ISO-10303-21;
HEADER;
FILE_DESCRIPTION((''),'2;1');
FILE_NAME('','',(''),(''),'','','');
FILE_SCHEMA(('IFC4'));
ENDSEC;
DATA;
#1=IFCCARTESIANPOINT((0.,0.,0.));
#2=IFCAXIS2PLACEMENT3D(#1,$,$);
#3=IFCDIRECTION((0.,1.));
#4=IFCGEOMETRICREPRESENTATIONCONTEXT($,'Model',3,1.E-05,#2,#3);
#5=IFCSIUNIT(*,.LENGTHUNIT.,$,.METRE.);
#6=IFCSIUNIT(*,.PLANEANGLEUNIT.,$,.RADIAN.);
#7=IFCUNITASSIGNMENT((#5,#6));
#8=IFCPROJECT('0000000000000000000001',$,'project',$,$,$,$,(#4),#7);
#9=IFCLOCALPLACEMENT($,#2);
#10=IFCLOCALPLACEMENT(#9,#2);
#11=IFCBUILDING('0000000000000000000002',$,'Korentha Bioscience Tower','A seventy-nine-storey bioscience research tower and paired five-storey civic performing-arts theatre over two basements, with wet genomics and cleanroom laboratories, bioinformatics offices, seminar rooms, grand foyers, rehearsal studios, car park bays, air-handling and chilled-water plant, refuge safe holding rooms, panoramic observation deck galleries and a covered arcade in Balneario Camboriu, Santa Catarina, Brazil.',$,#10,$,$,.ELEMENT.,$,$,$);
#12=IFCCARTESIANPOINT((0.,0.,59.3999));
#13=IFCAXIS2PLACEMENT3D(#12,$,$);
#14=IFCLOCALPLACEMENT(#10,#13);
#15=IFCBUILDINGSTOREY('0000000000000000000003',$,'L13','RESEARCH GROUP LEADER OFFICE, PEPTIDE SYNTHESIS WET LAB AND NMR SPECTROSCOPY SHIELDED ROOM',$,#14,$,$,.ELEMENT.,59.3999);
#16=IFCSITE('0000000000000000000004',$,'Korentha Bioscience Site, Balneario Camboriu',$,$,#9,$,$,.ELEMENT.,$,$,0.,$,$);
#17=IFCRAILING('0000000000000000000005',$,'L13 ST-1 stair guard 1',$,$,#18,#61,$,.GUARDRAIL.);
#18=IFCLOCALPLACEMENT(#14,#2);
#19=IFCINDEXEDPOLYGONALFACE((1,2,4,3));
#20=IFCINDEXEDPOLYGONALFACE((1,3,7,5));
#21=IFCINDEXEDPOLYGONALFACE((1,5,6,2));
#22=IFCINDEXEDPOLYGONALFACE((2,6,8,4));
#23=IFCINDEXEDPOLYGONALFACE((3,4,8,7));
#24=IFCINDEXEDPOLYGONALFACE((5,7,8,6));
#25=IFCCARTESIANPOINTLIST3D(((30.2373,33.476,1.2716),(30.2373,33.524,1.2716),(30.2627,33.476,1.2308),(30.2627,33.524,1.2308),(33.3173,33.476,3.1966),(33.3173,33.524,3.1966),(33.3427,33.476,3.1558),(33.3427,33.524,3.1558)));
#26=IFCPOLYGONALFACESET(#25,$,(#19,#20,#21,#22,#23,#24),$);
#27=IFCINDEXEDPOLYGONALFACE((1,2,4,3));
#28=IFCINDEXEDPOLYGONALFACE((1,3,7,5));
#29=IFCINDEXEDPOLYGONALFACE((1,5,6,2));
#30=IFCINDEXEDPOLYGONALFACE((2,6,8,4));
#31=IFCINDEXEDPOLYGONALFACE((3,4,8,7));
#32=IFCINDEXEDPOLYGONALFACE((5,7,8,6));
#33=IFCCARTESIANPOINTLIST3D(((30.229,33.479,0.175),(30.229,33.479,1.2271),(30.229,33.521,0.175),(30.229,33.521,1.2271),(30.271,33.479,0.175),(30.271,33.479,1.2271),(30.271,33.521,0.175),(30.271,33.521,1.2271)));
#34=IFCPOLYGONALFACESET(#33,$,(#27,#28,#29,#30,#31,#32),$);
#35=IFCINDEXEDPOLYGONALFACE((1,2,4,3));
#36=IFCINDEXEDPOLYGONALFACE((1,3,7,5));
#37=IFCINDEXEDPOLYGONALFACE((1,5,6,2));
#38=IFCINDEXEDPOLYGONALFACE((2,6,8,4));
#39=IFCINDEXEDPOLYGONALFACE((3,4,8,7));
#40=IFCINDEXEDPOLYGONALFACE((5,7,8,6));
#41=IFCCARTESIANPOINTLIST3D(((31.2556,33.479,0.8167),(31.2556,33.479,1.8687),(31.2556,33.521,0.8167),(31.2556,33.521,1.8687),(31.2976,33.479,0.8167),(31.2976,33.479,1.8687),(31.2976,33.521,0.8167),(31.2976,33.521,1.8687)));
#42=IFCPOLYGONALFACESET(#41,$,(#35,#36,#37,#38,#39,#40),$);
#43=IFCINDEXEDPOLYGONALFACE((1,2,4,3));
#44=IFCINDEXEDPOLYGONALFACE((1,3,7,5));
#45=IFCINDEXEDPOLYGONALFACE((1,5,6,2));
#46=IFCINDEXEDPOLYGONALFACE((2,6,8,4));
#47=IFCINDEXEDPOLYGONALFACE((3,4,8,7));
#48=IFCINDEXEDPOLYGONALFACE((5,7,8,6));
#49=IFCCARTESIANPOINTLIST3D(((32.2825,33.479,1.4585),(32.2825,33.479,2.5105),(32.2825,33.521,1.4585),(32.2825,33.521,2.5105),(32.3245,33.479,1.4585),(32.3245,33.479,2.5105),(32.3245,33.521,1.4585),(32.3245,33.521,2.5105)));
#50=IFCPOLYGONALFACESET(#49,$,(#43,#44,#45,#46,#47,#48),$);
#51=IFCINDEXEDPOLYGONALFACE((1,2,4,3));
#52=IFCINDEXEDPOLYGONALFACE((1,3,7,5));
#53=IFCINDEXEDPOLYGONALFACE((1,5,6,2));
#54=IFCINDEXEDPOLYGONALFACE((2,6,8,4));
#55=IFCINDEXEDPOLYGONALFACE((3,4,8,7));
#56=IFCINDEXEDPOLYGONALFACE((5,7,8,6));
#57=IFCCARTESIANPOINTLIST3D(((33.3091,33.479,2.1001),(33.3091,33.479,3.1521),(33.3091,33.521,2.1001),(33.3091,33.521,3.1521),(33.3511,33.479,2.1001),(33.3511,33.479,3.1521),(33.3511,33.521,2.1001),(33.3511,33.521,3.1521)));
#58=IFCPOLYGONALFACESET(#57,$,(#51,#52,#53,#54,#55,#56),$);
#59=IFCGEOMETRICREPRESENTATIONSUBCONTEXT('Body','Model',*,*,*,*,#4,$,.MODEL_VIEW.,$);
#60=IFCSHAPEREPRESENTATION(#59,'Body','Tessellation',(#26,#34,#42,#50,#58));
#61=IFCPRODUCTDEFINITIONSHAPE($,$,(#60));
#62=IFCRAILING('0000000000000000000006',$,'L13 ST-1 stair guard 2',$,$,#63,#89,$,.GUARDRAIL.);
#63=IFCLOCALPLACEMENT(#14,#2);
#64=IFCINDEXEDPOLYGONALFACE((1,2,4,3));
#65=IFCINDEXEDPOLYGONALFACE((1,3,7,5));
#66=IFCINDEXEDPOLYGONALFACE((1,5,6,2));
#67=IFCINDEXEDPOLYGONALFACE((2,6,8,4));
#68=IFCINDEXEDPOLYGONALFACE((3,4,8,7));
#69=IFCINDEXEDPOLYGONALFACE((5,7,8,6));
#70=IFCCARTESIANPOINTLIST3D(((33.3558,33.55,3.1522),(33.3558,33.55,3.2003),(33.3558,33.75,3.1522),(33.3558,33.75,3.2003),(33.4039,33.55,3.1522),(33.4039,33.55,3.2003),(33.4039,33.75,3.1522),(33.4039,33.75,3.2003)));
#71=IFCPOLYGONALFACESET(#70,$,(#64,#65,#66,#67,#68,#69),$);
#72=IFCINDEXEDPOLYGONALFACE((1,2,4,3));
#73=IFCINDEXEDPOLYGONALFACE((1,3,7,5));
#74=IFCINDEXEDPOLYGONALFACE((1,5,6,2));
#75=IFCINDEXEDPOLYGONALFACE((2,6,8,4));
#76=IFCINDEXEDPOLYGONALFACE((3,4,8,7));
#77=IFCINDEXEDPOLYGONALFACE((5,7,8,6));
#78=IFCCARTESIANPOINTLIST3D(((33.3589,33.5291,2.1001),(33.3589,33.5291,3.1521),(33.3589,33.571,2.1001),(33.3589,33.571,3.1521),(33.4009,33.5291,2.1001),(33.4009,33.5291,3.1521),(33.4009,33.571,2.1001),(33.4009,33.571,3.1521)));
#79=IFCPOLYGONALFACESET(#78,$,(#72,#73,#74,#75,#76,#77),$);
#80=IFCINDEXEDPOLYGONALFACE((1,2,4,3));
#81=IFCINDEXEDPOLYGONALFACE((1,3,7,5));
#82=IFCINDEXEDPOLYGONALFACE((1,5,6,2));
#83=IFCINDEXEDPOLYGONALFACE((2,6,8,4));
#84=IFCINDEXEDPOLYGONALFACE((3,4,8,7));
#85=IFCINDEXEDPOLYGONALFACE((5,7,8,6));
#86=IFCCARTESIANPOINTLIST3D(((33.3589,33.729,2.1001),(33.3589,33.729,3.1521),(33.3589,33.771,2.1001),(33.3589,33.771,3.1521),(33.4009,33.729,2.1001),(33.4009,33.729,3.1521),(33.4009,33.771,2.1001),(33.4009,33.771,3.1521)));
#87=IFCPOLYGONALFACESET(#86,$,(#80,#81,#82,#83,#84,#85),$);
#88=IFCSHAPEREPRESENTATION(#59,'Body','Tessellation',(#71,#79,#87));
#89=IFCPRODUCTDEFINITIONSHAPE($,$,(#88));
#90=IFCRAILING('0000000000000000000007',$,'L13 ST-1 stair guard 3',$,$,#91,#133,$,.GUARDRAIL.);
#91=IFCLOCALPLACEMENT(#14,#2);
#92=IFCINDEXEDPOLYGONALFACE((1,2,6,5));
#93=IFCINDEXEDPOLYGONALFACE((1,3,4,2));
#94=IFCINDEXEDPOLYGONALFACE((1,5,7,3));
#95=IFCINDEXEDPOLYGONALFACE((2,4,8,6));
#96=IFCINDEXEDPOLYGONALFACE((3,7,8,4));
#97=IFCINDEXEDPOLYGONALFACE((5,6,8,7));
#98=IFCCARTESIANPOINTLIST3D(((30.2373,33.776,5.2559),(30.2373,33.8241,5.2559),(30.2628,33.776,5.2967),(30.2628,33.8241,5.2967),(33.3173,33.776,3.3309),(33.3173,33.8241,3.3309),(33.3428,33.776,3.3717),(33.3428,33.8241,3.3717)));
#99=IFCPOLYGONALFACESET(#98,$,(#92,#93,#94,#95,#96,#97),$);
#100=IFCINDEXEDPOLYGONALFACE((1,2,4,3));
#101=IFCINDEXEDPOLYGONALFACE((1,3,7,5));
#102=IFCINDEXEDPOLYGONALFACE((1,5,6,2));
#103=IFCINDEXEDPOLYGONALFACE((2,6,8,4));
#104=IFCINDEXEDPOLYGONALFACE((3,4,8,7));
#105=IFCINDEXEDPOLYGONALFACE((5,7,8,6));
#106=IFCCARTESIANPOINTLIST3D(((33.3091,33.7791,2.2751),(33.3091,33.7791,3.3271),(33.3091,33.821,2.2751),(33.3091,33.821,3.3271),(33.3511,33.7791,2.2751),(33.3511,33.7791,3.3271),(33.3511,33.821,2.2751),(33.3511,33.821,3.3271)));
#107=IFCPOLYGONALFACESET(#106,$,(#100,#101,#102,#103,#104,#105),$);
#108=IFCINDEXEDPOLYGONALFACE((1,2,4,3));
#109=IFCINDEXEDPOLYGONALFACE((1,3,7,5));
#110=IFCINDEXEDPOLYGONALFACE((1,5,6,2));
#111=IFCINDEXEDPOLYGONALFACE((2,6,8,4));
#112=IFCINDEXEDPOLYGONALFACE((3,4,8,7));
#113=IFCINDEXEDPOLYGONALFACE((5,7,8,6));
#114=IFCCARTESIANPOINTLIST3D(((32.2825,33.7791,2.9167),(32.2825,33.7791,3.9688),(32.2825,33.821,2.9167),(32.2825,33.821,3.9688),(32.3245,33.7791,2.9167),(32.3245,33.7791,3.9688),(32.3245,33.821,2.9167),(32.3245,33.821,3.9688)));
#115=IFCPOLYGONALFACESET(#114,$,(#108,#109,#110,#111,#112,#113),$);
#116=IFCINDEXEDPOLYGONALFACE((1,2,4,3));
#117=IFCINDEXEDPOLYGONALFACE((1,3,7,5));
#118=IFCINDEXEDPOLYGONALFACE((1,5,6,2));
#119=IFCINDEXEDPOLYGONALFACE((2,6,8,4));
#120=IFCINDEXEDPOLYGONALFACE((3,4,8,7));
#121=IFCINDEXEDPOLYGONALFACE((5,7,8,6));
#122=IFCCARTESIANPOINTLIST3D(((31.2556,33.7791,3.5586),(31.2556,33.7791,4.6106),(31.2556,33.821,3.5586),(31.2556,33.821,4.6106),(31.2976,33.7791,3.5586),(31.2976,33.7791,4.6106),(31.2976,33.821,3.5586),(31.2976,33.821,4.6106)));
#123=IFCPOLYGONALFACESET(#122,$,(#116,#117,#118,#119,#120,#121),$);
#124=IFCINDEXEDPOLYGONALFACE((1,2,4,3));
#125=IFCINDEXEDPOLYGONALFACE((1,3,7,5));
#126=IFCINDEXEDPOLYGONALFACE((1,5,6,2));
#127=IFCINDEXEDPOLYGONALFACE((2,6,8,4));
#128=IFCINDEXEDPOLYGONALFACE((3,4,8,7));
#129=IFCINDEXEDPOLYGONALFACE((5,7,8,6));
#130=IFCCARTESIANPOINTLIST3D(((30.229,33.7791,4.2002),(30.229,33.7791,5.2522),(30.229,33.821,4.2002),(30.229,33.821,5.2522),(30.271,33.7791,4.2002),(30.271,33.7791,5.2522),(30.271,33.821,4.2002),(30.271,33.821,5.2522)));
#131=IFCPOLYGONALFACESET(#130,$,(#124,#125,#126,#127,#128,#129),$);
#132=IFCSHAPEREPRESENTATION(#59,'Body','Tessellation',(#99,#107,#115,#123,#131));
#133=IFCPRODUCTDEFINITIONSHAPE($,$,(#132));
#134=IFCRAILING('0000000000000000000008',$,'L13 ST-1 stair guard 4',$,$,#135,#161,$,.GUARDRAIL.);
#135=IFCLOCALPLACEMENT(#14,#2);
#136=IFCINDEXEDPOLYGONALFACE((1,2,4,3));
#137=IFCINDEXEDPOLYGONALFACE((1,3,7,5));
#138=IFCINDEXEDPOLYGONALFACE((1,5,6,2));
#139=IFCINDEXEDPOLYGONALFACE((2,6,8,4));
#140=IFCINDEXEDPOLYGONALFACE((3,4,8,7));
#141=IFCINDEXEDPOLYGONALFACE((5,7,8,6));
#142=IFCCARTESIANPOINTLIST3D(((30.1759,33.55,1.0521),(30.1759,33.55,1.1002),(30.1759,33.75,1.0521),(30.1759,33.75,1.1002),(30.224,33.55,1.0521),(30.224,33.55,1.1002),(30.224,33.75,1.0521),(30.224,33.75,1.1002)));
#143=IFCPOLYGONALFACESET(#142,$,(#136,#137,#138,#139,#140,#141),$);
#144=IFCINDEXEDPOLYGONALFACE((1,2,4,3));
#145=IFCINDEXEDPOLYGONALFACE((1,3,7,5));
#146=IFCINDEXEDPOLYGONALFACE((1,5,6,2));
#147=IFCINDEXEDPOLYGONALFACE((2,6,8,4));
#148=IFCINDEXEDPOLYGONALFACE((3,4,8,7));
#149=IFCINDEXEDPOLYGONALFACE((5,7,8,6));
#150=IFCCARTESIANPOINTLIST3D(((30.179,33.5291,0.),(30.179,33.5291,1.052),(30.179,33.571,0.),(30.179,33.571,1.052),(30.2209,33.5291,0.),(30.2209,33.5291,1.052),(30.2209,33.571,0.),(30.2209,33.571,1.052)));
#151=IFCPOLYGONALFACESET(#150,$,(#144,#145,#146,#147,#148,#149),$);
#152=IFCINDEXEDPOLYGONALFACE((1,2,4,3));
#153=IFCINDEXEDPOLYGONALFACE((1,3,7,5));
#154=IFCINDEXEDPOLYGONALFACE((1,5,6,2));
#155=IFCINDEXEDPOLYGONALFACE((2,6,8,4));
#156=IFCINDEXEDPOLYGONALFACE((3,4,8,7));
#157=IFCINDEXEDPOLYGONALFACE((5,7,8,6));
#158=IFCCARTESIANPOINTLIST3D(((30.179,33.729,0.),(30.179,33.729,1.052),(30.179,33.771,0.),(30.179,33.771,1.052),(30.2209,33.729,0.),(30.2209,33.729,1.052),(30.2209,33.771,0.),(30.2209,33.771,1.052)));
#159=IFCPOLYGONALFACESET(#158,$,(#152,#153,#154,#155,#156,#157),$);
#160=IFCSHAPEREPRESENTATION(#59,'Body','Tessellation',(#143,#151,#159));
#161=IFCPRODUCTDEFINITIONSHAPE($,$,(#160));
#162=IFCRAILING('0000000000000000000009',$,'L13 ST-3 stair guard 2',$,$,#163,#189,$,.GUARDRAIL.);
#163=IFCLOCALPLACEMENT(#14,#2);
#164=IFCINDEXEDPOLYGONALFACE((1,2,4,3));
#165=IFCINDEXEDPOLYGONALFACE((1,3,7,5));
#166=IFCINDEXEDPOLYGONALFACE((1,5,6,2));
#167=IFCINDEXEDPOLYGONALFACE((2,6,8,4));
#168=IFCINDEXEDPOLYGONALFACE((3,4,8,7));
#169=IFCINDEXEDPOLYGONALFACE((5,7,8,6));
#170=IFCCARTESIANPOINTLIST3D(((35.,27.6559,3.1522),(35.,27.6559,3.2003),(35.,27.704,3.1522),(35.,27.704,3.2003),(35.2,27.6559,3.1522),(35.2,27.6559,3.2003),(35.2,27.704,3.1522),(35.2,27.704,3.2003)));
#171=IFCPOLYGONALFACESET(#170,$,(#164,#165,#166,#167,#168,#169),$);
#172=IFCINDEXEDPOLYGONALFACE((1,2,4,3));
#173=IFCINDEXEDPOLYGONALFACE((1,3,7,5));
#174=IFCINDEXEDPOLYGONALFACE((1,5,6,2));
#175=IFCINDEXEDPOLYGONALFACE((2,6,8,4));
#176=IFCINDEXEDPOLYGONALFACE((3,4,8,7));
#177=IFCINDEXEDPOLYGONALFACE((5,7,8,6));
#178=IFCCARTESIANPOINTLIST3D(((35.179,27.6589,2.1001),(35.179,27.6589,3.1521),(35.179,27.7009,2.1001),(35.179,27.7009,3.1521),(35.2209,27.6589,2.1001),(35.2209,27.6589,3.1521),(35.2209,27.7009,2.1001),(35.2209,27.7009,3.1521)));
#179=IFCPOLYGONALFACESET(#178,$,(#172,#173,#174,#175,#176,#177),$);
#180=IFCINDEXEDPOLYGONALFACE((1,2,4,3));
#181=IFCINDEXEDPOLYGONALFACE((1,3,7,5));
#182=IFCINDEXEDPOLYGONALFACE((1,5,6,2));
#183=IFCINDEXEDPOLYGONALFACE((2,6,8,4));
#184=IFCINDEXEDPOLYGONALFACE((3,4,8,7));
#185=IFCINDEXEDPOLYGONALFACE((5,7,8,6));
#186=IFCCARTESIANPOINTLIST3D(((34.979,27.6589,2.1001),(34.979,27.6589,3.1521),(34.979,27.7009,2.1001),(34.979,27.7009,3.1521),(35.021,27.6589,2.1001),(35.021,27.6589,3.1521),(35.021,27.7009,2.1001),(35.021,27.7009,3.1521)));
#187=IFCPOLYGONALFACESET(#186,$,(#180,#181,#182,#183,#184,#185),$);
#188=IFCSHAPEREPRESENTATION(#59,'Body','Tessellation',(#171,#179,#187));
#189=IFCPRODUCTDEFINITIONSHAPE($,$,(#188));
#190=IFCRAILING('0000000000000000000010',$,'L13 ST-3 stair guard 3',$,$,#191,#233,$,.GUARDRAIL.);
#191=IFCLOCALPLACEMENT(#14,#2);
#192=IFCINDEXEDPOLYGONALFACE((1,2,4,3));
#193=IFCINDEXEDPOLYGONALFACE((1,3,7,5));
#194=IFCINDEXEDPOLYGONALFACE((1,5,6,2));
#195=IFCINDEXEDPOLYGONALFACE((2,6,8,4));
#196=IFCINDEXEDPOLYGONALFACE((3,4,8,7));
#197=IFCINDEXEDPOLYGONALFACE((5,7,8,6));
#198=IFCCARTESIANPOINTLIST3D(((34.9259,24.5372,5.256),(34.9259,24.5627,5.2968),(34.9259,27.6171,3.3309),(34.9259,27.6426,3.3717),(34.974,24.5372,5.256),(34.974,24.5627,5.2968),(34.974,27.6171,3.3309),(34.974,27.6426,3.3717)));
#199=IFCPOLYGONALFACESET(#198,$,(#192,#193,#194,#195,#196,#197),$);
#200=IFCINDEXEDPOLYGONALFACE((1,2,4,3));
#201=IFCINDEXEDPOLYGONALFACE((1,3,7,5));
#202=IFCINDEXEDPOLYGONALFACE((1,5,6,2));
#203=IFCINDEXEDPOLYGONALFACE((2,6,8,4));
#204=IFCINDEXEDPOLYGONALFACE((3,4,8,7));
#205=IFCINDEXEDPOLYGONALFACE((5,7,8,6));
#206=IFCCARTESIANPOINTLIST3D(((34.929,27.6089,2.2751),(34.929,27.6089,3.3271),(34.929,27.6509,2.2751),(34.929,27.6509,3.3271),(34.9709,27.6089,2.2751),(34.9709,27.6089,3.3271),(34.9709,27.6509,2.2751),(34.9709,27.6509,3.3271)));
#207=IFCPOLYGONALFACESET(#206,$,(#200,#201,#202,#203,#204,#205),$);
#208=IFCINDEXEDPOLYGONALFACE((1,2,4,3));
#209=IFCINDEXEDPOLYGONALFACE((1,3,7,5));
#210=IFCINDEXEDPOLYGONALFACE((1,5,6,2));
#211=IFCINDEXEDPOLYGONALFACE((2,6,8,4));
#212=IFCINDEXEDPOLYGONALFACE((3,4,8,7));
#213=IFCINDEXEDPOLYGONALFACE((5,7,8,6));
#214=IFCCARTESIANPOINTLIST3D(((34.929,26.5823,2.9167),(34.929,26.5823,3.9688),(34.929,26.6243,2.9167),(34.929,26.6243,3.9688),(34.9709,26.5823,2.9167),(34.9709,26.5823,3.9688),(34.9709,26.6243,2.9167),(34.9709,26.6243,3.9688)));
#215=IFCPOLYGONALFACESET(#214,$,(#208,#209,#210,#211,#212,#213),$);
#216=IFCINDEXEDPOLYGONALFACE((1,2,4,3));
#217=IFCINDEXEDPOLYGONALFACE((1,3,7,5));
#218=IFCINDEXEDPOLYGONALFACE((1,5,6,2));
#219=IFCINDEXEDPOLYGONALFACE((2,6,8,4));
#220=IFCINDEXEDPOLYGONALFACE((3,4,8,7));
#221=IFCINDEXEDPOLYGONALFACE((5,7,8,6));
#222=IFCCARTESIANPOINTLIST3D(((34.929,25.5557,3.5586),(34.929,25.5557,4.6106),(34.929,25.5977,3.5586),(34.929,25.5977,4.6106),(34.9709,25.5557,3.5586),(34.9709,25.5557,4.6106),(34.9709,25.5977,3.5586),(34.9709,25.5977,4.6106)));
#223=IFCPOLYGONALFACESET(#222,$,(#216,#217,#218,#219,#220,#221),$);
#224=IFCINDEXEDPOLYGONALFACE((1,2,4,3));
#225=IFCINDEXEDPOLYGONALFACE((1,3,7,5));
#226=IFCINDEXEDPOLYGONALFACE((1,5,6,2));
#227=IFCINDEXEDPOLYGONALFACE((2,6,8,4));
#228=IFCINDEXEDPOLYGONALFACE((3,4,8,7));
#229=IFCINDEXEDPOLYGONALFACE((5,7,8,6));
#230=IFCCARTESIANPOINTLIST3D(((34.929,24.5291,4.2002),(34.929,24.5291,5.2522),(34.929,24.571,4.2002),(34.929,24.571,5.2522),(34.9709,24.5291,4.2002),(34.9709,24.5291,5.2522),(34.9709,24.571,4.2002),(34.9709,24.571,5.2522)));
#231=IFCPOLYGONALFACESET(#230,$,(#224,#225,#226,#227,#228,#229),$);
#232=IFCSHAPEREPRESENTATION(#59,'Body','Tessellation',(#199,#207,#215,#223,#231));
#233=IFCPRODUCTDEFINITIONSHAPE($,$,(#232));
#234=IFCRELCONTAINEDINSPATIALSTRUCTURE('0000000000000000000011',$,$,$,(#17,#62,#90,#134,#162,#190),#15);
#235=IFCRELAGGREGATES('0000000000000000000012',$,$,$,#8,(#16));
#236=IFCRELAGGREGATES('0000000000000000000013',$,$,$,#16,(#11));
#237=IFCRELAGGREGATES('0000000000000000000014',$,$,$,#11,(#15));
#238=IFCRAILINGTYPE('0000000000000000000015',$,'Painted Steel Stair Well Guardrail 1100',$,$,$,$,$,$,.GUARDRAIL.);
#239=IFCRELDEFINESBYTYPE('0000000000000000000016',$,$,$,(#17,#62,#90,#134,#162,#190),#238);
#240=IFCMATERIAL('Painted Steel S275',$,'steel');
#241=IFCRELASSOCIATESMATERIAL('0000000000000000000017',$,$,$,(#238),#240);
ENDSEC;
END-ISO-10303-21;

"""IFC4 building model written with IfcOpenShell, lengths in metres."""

from ifc_helpers import new_model, si_unit, direction, frame, origin, origin_2d, place, context, subcontext, project, spatial, rectangle, extrude, material, type_object, element, save


model = new_model("IFC4")

# Units and contexts
model_context = context("Model", 3, precision=1e-05, world=origin(), true_north=direction((0.0, 1.0)))
body_context = subcontext(model_context, "Body", "Model", "MODEL_VIEW")
ifc_project = project(units=[si_unit("LENGTHUNIT", "METRE"), si_unit("PLANEANGLEUNIT", "RADIAN")], contexts=[model_context])

# Site, building, storey
site_placement = place(None, origin())
site = spatial("IfcSite", under=ifc_project, at=site_placement, Name="Korentha Bioscience Site, Balneario Camboriu", CompositionType="ELEMENT", RefElevation=0.0)
building_placement = place(site_placement, origin())
building = spatial("IfcBuilding", under=site, at=building_placement, Name="Korentha Bioscience Tower", Description="A seventy-nine-storey bioscience research tower and paired five-storey civic performing-arts theatre over two basements, with wet genomics and cleanroom laboratories, bioinformatics offices, seminar rooms, grand foyers, rehearsal studios, car park bays, air-handling and chilled-water plant, refuge safe holding rooms, panoramic observation deck galleries and a covered arcade in Balneario Camboriu, Santa Catarina, Brazil.", CompositionType="ELEMENT")
storey_placement = place(building_placement, frame((0.0, 0.0, 59.3999)))
storey = spatial("IfcBuildingStorey", under=building, at=storey_placement, Name="L13", Description="RESEARCH GROUP LEADER OFFICE, PEPTIDE SYNTHESIS WET LAB AND NMR SPECTROSCOPY SHIELDED ROOM", CompositionType="ELEMENT", Elevation=59.3999)

# Railings
ifc_material_1 = material(Name="Painted Steel S275", Category="steel")
railing_type_1 = type_object("IfcRailingType", Name="Painted Steel Stair Well Guardrail 1100", PredefinedType="GUARDRAIL", material=ifc_material_1)
railing_1_placement = place(storey_placement, frame((30.25, 33.5, 0.175)))
element("IfcRailing", 1, at=railing_1_placement, inside=storey, type_object=railing_type_1, Name="L13 ST-1 stair guard 1", PredefinedType="GUARDRAIL", context=body_context, shape_type="SweptSolid", body=[
    extrude(rectangle(XDim=0.0481, YDim=0.0481, at=origin_2d()), frame((0.0, 0.0, 1.0762), z_axis=(0.847998, 0.0, 0.529999), x_axis=(0.0, 1.0, 0.0)), (0.0, 0.0, 1.0), 3.6321),
    extrude(rectangle(XDim=0.042, YDim=0.042, at=origin_2d()), origin(), (0.0, 0.0, 1.0), 1.052),
    extrude(rectangle(XDim=0.042, YDim=0.042, at=origin_2d()), frame((1.0266, 0.0, 0.6416)), (0.0, 0.0, 1.0), 1.052),
    extrude(rectangle(XDim=0.042, YDim=0.042, at=origin_2d()), frame((2.0535, 0.0, 1.2834)), (0.0, 0.0, 1.0), 1.052),
    extrude(rectangle(XDim=0.042, YDim=0.042, at=origin_2d()), frame((3.0801, 0.0, 1.925)), (0.0, 0.0, 1.0), 1.052),
])
railing_2_placement = place(storey_placement, frame((33.3799, 33.55, 2.1001)))
element("IfcRailing", 2, at=railing_2_placement, inside=storey, type_object=railing_type_1, Name="L13 ST-1 stair guard 2", PredefinedType="GUARDRAIL", context=body_context, shape_type="SweptSolid", body=[
    extrude(rectangle(XDim=0.0481, YDim=0.0481, at=origin_2d()), frame((0.0, 0.0, 1.0762), z_axis=(0.0, 1.0, 0.0), x_axis=(-1.0, 0.0, 0.0)), (0.0, 0.0, 1.0), 0.2),
    extrude(rectangle(XDim=0.042, YDim=0.042, at=origin_2d()), origin(), (0.0, 0.0, 1.0), 1.052),
    extrude(rectangle(XDim=0.042, YDim=0.042, at=origin_2d()), frame((0.0, 0.2, 0.0)), (0.0, 0.0, 1.0), 1.052),
])
railing_3_placement = place(storey_placement, frame((33.3301, 33.8, 2.2751)))
element("IfcRailing", 3, at=railing_3_placement, inside=storey, type_object=railing_type_1, Name="L13 ST-1 stair guard 3", PredefinedType="GUARDRAIL", context=body_context, shape_type="SweptSolid", body=[
    extrude(rectangle(XDim=0.0481, YDim=0.0481, at=origin_2d()), frame((0.0, 0.0, 1.0762), z_axis=(-0.847998, 0.0, 0.529999), x_axis=(0.0, -1.0, 0.0)), (0.0, 0.0, 1.0), 3.6321),
    extrude(rectangle(XDim=0.042, YDim=0.042, at=origin_2d()), origin(), (0.0, 0.0, 1.0), 1.052),
    extrude(rectangle(XDim=0.042, YDim=0.042, at=origin_2d()), frame((-1.0266, 0.0, 0.6416)), (0.0, 0.0, 1.0), 1.052),
    extrude(rectangle(XDim=0.042, YDim=0.042, at=origin_2d()), frame((-2.0535, 0.0, 1.2834)), (0.0, 0.0, 1.0), 1.052),
    extrude(rectangle(XDim=0.042, YDim=0.042, at=origin_2d()), frame((-3.0801, 0.0, 1.925)), (0.0, 0.0, 1.0), 1.052),
])
railing_4_placement = place(storey_placement, frame((30.2, 33.55, 0.0)))
element("IfcRailing", 4, at=railing_4_placement, inside=storey, type_object=railing_type_1, Name="L13 ST-1 stair guard 4", PredefinedType="GUARDRAIL", context=body_context, shape_type="SweptSolid", body=[
    extrude(rectangle(XDim=0.0481, YDim=0.0481, at=origin_2d()), frame((0.0, 0.0, 1.0762), z_axis=(0.0, 1.0, 0.0), x_axis=(-1.0, 0.0, 0.0)), (0.0, 0.0, 1.0), 0.2),
    extrude(rectangle(XDim=0.042, YDim=0.042, at=origin_2d()), origin(), (0.0, 0.0, 1.0), 1.052),
    extrude(rectangle(XDim=0.042, YDim=0.042, at=origin_2d()), frame((0.0, 0.2, 0.0)), (0.0, 0.0, 1.0), 1.052),
])
railing_5_placement = place(storey_placement, frame((35.2, 27.6799, 2.1001)))
element("IfcRailing", 5, at=railing_5_placement, inside=storey, type_object=railing_type_1, Name="L13 ST-3 stair guard 2", PredefinedType="GUARDRAIL", context=body_context, shape_type="SweptSolid", body=[
    extrude(rectangle(XDim=0.0481, YDim=0.0481, at=origin_2d()), frame((0.0, 0.0, 1.0762), z_axis=(-1.0, 0.0, 0.0), x_axis=(0.0, -1.0, 0.0)), (0.0, 0.0, 1.0), 0.2),
    extrude(rectangle(XDim=0.042, YDim=0.042, at=origin_2d()), origin(), (0.0, 0.0, 1.0), 1.052),
    extrude(rectangle(XDim=0.042, YDim=0.042, at=origin_2d()), frame((-0.2, 0.0, 0.0)), (0.0, 0.0, 1.0), 1.052),
])
railing_6_placement = place(storey_placement, frame((34.95, 27.6299, 2.2751)))
element("IfcRailing", 6, at=railing_6_placement, inside=storey, type_object=railing_type_1, Name="L13 ST-3 stair guard 3", PredefinedType="GUARDRAIL", context=body_context, shape_type="SweptSolid", body=[
    extrude(rectangle(XDim=0.0481, YDim=0.0481, at=origin_2d()), frame((0.0, 0.0, 1.0762), z_axis=(0.0, -0.847979, 0.530029), x_axis=(1.0, 0.0, 0.0)), (0.0, 0.0, 1.0), 3.6321),
    extrude(rectangle(XDim=0.042, YDim=0.042, at=origin_2d()), origin(), (0.0, 0.0, 1.0), 1.052),
    extrude(rectangle(XDim=0.042, YDim=0.042, at=origin_2d()), frame((0.0, -1.0266, 0.6416)), (0.0, 0.0, 1.0), 1.052),
    extrude(rectangle(XDim=0.042, YDim=0.042, at=origin_2d()), frame((0.0, -2.0532, 1.2834)), (0.0, 0.0, 1.0), 1.052),
    extrude(rectangle(XDim=0.042, YDim=0.042, at=origin_2d()), frame((0.0, -3.0798, 1.925)), (0.0, 0.0, 1.0), 1.052),
])

save(model, "model.ifc")
